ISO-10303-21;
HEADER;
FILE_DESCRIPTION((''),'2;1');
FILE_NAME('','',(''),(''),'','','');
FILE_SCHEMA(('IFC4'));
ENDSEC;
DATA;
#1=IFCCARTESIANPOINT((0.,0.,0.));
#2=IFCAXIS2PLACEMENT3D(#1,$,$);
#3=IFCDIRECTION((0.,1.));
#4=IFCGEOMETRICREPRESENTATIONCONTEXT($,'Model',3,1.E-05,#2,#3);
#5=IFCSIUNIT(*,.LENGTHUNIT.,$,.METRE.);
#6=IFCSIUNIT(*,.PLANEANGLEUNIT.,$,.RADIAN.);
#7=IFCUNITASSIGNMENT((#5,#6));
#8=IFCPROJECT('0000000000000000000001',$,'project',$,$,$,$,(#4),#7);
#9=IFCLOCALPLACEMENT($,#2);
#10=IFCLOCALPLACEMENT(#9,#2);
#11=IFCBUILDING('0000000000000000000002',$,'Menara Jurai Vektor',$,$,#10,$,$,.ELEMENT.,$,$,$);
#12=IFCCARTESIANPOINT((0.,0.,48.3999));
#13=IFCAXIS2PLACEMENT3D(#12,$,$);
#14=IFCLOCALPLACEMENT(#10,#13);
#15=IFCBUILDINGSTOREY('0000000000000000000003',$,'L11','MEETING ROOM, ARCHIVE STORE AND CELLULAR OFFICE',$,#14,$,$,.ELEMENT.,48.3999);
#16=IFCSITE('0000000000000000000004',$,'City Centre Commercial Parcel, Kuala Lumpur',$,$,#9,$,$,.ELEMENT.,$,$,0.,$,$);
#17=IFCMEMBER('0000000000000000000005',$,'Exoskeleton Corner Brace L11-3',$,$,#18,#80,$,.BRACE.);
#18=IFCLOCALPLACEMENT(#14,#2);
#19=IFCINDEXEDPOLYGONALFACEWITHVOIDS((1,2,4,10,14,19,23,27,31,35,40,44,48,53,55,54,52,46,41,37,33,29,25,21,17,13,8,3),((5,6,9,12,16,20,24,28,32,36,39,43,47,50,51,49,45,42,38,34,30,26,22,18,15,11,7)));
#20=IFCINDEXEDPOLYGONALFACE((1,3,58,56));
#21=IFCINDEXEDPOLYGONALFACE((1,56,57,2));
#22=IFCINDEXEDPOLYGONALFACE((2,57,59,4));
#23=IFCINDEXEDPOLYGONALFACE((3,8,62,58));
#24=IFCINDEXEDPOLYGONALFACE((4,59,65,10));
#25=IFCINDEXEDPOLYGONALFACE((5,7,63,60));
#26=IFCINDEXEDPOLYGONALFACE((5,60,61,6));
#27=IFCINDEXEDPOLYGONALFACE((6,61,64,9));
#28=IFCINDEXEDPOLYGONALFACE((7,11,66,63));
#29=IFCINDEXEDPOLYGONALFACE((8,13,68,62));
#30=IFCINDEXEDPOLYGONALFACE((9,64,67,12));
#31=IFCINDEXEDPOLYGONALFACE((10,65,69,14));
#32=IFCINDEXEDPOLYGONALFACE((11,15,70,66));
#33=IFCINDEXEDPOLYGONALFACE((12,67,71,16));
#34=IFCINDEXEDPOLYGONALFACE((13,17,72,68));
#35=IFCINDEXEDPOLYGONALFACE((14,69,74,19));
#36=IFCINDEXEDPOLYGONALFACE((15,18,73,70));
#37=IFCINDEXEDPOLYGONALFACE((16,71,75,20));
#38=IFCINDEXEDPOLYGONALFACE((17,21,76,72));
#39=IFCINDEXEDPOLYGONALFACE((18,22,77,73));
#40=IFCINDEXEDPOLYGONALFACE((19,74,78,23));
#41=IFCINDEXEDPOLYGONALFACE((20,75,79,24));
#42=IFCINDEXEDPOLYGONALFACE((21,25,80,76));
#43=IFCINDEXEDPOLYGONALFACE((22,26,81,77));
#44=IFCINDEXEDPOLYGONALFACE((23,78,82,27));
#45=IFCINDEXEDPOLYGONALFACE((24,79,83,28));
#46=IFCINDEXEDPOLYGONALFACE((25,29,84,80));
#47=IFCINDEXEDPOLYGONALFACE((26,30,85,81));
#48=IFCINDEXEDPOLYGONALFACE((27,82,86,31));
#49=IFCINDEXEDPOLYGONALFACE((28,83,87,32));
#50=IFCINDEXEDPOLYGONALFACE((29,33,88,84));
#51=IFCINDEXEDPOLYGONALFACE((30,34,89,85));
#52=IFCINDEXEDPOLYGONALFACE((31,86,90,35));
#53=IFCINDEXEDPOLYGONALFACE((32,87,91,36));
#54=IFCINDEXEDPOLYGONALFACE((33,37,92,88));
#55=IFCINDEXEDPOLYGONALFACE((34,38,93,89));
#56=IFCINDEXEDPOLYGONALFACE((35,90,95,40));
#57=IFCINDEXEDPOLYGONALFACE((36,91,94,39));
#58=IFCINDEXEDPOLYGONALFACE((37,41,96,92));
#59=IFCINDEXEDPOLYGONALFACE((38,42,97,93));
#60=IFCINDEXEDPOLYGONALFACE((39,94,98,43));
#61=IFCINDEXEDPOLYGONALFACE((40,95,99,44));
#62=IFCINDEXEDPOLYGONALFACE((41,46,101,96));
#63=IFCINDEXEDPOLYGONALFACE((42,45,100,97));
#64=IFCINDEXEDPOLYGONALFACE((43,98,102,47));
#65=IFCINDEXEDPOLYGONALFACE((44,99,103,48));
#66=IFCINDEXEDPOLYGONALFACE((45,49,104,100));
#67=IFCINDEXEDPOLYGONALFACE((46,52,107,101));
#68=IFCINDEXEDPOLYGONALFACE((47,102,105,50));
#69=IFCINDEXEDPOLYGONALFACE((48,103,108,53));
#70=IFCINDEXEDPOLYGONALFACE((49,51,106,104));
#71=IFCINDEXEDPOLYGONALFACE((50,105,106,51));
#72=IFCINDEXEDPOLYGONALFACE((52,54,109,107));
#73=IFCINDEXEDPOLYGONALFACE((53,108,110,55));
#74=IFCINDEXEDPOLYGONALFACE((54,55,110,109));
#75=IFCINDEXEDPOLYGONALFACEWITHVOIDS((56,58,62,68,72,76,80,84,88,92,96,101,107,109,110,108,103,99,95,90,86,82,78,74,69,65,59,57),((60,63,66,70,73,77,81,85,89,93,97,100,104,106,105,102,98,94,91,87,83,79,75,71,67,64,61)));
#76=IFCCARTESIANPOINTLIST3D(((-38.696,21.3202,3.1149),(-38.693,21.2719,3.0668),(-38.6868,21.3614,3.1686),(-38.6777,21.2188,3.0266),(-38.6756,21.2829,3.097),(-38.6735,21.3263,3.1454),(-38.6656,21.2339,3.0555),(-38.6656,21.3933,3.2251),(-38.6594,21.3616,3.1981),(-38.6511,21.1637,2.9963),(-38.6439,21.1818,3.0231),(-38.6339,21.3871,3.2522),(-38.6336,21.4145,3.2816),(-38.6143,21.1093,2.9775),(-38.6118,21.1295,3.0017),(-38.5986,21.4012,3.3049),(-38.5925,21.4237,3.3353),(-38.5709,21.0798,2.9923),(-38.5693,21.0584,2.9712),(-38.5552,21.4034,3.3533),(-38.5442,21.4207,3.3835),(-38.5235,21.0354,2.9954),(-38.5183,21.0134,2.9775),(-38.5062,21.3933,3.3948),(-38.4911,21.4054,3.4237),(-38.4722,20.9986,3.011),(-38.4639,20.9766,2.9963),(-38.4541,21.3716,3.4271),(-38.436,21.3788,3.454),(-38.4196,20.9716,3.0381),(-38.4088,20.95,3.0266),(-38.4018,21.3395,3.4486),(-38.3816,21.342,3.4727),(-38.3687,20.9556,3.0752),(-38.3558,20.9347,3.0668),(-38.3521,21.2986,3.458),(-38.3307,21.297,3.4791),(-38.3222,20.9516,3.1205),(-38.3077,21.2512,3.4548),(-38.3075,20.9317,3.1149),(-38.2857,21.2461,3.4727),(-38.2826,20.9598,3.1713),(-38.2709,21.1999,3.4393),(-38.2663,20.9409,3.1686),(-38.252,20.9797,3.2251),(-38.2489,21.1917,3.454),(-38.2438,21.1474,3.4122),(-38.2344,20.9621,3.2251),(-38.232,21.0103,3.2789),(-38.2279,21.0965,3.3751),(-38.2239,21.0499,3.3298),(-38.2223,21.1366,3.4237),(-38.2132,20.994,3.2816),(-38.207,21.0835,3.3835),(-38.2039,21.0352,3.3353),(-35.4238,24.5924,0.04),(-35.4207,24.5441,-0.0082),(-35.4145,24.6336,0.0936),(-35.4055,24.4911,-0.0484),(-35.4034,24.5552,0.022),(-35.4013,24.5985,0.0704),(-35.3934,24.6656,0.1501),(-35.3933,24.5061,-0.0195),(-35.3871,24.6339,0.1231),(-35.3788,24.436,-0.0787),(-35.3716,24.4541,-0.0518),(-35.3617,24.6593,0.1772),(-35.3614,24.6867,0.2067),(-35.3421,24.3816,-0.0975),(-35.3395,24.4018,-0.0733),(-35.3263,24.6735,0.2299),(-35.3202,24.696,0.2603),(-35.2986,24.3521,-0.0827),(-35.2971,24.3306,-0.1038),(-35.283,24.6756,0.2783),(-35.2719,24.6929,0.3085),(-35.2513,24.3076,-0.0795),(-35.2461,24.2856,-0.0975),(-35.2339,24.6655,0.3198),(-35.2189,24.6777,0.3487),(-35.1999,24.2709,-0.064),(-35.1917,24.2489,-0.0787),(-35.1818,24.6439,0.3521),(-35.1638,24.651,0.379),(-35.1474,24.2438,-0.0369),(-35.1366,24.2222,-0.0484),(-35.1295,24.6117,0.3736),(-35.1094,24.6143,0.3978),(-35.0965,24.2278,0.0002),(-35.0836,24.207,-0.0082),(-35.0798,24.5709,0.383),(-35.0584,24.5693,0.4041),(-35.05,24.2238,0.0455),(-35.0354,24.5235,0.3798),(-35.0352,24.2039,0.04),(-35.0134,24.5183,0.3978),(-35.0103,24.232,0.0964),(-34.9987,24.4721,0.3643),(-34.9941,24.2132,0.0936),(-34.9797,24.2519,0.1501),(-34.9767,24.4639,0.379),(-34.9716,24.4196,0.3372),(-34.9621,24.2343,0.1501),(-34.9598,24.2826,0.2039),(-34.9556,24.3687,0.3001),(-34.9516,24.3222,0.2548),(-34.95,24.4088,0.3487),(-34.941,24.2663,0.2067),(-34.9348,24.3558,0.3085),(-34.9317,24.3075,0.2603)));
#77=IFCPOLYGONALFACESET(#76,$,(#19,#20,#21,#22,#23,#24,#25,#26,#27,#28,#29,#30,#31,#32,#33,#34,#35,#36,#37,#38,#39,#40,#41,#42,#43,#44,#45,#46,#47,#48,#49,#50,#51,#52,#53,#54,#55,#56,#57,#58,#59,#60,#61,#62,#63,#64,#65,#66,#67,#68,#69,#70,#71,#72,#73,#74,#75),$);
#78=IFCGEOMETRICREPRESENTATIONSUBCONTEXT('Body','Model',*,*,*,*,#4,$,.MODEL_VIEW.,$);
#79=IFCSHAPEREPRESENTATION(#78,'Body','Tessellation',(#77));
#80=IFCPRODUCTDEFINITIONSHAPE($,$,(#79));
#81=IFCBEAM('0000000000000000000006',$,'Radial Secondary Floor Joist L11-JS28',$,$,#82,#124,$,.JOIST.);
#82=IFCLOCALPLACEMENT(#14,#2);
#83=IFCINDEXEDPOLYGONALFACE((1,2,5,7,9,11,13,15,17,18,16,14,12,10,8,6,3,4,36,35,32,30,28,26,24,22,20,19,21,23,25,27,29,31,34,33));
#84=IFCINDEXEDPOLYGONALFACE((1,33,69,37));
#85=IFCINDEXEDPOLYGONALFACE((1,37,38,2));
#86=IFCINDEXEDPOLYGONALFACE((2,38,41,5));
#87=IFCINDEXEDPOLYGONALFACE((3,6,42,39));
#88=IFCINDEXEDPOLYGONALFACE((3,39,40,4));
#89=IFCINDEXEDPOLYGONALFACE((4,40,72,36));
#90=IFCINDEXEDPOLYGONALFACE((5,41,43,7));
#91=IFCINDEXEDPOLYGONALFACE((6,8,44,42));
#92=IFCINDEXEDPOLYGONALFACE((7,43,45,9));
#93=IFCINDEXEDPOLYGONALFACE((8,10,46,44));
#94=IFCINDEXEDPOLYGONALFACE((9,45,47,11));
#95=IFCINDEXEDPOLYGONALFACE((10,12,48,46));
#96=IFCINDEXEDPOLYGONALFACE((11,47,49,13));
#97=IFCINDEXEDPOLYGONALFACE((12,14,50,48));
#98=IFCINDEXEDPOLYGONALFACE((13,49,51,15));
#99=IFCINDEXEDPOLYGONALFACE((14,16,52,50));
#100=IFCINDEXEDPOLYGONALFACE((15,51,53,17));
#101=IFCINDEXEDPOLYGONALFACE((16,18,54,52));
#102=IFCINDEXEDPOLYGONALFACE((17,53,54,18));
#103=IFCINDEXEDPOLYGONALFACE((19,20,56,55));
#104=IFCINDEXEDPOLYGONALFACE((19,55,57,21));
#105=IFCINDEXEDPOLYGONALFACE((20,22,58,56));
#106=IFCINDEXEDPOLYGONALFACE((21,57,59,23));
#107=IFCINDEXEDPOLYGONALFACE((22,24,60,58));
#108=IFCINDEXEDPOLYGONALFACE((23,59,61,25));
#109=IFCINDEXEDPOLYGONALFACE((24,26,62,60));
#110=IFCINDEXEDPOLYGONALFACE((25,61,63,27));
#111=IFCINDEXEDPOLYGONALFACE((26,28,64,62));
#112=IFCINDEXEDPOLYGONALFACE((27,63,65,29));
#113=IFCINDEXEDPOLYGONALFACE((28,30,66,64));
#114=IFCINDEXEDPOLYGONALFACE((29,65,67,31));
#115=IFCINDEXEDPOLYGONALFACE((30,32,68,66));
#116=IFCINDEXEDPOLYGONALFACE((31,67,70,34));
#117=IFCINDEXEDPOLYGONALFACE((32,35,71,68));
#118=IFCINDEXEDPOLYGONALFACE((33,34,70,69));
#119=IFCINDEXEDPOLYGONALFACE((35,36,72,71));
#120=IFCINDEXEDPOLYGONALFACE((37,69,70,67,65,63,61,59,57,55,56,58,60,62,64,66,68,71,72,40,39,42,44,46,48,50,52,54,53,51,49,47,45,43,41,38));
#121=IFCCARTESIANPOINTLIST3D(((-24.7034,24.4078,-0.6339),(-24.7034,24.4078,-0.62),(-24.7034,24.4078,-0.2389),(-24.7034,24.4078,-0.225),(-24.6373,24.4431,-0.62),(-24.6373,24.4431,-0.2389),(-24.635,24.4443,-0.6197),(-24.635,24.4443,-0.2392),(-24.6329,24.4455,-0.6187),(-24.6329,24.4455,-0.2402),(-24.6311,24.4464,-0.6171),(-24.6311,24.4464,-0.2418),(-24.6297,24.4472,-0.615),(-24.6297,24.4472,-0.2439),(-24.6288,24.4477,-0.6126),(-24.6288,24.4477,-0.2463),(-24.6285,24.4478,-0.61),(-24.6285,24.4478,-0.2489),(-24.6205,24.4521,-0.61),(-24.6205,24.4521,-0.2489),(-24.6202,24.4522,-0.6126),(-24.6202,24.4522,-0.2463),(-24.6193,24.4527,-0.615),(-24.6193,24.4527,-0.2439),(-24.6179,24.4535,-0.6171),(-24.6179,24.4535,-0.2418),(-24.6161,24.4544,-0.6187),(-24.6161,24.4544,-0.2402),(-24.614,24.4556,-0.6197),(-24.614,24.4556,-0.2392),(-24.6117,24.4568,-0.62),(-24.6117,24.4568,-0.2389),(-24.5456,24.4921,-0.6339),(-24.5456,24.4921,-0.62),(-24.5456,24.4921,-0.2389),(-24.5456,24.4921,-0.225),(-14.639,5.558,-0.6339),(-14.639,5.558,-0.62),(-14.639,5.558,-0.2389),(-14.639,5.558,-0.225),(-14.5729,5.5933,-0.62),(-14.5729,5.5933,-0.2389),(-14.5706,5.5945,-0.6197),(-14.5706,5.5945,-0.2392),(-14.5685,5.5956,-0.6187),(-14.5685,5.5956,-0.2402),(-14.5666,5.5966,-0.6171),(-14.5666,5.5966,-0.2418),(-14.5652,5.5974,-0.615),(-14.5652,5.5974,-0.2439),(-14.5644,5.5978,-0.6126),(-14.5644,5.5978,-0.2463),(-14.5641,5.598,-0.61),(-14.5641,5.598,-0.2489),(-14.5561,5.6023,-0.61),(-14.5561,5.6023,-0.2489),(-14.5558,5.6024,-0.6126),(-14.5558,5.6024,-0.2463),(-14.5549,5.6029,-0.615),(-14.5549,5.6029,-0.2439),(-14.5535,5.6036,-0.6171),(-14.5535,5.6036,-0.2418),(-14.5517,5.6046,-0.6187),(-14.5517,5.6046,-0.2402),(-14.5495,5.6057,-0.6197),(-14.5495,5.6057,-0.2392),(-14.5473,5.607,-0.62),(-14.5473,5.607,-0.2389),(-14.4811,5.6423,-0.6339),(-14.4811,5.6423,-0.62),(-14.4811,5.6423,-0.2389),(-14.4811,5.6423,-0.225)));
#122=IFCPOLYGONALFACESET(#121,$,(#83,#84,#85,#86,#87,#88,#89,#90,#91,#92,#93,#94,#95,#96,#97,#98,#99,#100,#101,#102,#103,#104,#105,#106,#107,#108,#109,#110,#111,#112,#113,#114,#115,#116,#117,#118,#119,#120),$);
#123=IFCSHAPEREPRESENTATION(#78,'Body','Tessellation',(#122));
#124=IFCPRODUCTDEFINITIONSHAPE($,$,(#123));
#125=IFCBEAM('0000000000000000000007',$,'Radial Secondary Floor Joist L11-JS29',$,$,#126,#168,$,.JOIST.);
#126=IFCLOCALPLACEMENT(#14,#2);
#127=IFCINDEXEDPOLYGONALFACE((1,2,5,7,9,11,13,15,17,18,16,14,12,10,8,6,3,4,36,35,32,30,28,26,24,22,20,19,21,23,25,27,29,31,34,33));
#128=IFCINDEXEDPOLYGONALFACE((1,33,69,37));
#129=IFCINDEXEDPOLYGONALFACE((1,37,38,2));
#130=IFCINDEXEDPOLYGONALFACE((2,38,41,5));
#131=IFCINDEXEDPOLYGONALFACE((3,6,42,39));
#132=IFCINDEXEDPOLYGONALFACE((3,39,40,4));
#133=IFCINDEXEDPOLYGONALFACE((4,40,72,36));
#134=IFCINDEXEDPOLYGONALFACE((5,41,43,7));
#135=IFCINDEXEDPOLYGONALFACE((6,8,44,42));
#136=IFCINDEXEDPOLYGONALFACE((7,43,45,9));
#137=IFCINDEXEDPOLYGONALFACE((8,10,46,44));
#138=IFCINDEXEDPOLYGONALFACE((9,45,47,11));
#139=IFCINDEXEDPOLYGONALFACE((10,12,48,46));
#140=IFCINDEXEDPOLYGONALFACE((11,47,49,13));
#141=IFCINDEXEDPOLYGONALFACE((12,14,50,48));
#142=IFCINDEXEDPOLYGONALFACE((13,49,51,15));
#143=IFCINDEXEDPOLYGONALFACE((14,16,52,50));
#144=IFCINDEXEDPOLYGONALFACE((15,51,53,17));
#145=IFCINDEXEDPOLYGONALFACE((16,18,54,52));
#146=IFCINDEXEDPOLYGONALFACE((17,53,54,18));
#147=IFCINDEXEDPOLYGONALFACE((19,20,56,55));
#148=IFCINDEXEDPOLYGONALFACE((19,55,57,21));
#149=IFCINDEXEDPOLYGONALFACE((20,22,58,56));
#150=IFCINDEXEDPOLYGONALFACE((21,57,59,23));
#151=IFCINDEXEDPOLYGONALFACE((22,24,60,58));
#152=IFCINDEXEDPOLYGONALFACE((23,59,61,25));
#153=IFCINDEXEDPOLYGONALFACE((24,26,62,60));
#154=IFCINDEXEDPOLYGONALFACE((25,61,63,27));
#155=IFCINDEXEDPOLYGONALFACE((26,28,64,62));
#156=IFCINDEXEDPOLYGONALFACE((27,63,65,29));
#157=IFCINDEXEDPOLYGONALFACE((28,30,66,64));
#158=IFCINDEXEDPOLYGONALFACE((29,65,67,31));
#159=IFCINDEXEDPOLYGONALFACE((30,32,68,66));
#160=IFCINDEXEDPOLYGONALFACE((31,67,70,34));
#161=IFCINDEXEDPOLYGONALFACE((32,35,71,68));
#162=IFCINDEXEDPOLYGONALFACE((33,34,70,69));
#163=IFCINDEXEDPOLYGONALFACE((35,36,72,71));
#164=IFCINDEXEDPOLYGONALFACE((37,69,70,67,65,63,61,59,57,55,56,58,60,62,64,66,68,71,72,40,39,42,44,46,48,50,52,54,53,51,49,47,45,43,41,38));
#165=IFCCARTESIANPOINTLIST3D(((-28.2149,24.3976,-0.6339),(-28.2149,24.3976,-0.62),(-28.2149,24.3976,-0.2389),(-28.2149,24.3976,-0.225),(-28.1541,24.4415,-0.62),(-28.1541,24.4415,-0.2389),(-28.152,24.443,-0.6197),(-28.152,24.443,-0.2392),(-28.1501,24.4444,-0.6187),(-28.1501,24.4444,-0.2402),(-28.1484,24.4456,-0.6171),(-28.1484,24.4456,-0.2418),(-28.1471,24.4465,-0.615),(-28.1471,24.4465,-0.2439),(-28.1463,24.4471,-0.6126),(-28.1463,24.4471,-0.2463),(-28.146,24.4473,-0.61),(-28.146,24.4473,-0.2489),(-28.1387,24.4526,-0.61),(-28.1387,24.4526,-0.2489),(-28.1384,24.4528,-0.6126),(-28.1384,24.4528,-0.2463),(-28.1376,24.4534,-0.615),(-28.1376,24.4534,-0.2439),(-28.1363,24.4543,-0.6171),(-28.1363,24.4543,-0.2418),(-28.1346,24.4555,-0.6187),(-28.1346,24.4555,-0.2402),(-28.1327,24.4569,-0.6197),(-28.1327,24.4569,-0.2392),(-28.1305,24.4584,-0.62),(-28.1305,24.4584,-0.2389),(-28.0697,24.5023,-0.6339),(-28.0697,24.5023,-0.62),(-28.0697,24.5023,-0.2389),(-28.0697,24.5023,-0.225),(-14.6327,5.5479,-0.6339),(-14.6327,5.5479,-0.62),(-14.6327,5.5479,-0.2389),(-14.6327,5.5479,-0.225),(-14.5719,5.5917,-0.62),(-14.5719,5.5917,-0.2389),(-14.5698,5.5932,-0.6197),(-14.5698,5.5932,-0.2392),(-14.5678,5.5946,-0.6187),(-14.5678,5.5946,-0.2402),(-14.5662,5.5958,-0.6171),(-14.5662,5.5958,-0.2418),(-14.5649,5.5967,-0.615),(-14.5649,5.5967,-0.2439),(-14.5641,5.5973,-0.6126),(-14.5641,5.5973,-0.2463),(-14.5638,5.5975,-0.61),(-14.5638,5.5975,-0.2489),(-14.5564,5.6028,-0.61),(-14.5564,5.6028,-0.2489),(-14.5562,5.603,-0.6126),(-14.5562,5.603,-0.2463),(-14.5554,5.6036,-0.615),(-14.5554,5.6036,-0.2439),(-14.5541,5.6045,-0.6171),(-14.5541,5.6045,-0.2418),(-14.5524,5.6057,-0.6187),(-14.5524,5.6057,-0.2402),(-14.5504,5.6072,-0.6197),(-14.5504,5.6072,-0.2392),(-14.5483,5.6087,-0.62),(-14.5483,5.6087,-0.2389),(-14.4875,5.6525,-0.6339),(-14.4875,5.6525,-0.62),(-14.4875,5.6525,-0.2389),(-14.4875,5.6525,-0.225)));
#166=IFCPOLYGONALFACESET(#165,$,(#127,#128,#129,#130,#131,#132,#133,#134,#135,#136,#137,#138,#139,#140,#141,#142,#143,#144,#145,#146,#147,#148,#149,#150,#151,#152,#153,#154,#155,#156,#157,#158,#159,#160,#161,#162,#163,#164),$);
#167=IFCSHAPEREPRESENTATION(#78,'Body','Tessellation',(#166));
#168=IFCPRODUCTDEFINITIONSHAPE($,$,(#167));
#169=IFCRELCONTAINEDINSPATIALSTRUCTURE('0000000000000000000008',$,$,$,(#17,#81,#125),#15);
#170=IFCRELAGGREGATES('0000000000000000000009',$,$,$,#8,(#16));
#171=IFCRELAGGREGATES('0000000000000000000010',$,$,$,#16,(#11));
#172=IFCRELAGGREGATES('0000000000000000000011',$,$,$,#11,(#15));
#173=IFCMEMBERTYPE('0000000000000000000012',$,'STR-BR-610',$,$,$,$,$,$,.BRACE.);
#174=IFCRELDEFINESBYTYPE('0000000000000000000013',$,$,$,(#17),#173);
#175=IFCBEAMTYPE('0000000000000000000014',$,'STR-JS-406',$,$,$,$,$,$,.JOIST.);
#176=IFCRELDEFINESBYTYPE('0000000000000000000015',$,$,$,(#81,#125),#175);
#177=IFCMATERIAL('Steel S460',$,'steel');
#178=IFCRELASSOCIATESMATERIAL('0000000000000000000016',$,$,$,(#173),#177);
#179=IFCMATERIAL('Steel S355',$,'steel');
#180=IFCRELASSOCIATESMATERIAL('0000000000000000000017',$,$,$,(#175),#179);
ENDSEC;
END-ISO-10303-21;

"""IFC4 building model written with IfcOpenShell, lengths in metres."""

from ifc_helpers import new_model, si_unit, direction, frame, origin, origin_2d, place, context, subcontext, project, spatial, hollow_circle, i_section, extrude, material, material_profile, profile_set, type_object, element, save


model = new_model("IFC4")

# Units and contexts
model_context = context("Model", 3, precision=1e-05, world=origin(), true_north=direction((0.0, 1.0)))
body_context = subcontext(model_context, "Body", "Model", "MODEL_VIEW")
ifc_project = project(units=[si_unit("LENGTHUNIT", "METRE"), si_unit("PLANEANGLEUNIT", "RADIAN")], contexts=[model_context])

# Site, building, storey
site_placement = place(None, origin())
site = spatial("IfcSite", under=ifc_project, at=site_placement, Name="City Centre Commercial Parcel, Kuala Lumpur", CompositionType="ELEMENT", RefElevation=0.0)
building_placement = place(site_placement, origin())
building = spatial("IfcBuilding", under=site, at=building_placement, Name="Menara Jurai Vektor", CompositionType="ELEMENT")
storey_placement = place(building_placement, frame((0.0, 0.0, 48.3999)))
storey = spatial("IfcBuildingStorey", under=building, at=storey_placement, Name="L11", Description="MEETING ROOM, ARCHIVE STORE AND CELLULAR OFFICE", CompositionType="ELEMENT", Elevation=48.3999)

# Shared definitions
ifc_material_1 = material(Name="Steel S460", Category="steel")

# Shared definitions
ifc_material_2 = material(Name="Steel S355", Category="steel")

# Member
ifc_material_profile_1 = material_profile(ifc_material_1, hollow_circle(Radius=0.3049, WallThickness=0.0249, at=origin_2d()), Name="CHS 610x25")
ifc_profile_set_1 = profile_set([ifc_material_profile_1], Name="Steel S460")
member_type_1 = type_object("IfcMemberType", Name="STR-BR-610", PredefinedType="BRACE", material=ifc_profile_set_1)
member_1_placement = place(storey_placement, frame((-35.1777, 24.45, 0.1501), z_axis=(-0.588942, -0.588942, 0.553438), x_axis=(0.707107, -0.707107, 0.0)))
element("IfcMember", 1, at=member_1_placement, inside=storey, type_object=member_type_1, Name="Exoskeleton Corner Brace L11-3", PredefinedType="BRACE", context=body_context, shape_type="SweptSolid", body=[
    extrude(hollow_circle(Radius=0.3049, WallThickness=0.0249, at=origin_2d()), origin(), (0.0, 0.0, 1.0), 5.5562),
])

# Beams
ifc_material_profile_2 = material_profile(ifc_material_2, i_section(OverallWidth=0.179, OverallDepth=0.4089, WebThickness=0.009, FlangeThickness=0.0139, FilletRadius=0.01, at=origin_2d()), Name="UKB 406x178x67")
ifc_profile_set_2 = profile_set([ifc_material_profile_2], Name="Steel S355")
beam_type_1 = type_object("IfcBeamType", Name="STR-JS-406", PredefinedType="JOIST", material=ifc_profile_set_2)
beam_1_placement = place(storey_placement, frame((-24.6245, 24.45, -0.4294), z_axis=(0.470996, -0.882135, 0.0), x_axis=(0.882135, 0.470996, 0.0)))
element("IfcBeam", 2, at=beam_1_placement, inside=storey, type_object=beam_type_1, Name="Radial Secondary Floor Joist L11-JS28", PredefinedType="JOIST", context=body_context, shape_type="SweptSolid", body=[
    extrude(i_section(OverallWidth=0.179, OverallDepth=0.4089, WebThickness=0.009, FlangeThickness=0.0139, FilletRadius=0.01, at=origin_2d()), origin(), (0.0, 0.0, 1.0), 21.3684),
])
beam_2_placement = place(storey_placement, frame((-28.1423, 24.45, -0.4294), z_axis=(0.584599, -0.811322, 0.0), x_axis=(0.811322, 0.584599, 0.0)))
element("IfcBeam", 3, at=beam_2_placement, inside=storey, type_object=beam_type_1, Name="Radial Secondary Floor Joist L11-JS29", PredefinedType="JOIST", context=body_context, shape_type="SweptSolid", body=[
    extrude(i_section(OverallWidth=0.179, OverallDepth=0.4089, WebThickness=0.009, FlangeThickness=0.0139, FilletRadius=0.01, at=origin_2d()), origin(), (0.0, 0.0, 1.0), 23.2334),
])

save(model, "model.ifc")
